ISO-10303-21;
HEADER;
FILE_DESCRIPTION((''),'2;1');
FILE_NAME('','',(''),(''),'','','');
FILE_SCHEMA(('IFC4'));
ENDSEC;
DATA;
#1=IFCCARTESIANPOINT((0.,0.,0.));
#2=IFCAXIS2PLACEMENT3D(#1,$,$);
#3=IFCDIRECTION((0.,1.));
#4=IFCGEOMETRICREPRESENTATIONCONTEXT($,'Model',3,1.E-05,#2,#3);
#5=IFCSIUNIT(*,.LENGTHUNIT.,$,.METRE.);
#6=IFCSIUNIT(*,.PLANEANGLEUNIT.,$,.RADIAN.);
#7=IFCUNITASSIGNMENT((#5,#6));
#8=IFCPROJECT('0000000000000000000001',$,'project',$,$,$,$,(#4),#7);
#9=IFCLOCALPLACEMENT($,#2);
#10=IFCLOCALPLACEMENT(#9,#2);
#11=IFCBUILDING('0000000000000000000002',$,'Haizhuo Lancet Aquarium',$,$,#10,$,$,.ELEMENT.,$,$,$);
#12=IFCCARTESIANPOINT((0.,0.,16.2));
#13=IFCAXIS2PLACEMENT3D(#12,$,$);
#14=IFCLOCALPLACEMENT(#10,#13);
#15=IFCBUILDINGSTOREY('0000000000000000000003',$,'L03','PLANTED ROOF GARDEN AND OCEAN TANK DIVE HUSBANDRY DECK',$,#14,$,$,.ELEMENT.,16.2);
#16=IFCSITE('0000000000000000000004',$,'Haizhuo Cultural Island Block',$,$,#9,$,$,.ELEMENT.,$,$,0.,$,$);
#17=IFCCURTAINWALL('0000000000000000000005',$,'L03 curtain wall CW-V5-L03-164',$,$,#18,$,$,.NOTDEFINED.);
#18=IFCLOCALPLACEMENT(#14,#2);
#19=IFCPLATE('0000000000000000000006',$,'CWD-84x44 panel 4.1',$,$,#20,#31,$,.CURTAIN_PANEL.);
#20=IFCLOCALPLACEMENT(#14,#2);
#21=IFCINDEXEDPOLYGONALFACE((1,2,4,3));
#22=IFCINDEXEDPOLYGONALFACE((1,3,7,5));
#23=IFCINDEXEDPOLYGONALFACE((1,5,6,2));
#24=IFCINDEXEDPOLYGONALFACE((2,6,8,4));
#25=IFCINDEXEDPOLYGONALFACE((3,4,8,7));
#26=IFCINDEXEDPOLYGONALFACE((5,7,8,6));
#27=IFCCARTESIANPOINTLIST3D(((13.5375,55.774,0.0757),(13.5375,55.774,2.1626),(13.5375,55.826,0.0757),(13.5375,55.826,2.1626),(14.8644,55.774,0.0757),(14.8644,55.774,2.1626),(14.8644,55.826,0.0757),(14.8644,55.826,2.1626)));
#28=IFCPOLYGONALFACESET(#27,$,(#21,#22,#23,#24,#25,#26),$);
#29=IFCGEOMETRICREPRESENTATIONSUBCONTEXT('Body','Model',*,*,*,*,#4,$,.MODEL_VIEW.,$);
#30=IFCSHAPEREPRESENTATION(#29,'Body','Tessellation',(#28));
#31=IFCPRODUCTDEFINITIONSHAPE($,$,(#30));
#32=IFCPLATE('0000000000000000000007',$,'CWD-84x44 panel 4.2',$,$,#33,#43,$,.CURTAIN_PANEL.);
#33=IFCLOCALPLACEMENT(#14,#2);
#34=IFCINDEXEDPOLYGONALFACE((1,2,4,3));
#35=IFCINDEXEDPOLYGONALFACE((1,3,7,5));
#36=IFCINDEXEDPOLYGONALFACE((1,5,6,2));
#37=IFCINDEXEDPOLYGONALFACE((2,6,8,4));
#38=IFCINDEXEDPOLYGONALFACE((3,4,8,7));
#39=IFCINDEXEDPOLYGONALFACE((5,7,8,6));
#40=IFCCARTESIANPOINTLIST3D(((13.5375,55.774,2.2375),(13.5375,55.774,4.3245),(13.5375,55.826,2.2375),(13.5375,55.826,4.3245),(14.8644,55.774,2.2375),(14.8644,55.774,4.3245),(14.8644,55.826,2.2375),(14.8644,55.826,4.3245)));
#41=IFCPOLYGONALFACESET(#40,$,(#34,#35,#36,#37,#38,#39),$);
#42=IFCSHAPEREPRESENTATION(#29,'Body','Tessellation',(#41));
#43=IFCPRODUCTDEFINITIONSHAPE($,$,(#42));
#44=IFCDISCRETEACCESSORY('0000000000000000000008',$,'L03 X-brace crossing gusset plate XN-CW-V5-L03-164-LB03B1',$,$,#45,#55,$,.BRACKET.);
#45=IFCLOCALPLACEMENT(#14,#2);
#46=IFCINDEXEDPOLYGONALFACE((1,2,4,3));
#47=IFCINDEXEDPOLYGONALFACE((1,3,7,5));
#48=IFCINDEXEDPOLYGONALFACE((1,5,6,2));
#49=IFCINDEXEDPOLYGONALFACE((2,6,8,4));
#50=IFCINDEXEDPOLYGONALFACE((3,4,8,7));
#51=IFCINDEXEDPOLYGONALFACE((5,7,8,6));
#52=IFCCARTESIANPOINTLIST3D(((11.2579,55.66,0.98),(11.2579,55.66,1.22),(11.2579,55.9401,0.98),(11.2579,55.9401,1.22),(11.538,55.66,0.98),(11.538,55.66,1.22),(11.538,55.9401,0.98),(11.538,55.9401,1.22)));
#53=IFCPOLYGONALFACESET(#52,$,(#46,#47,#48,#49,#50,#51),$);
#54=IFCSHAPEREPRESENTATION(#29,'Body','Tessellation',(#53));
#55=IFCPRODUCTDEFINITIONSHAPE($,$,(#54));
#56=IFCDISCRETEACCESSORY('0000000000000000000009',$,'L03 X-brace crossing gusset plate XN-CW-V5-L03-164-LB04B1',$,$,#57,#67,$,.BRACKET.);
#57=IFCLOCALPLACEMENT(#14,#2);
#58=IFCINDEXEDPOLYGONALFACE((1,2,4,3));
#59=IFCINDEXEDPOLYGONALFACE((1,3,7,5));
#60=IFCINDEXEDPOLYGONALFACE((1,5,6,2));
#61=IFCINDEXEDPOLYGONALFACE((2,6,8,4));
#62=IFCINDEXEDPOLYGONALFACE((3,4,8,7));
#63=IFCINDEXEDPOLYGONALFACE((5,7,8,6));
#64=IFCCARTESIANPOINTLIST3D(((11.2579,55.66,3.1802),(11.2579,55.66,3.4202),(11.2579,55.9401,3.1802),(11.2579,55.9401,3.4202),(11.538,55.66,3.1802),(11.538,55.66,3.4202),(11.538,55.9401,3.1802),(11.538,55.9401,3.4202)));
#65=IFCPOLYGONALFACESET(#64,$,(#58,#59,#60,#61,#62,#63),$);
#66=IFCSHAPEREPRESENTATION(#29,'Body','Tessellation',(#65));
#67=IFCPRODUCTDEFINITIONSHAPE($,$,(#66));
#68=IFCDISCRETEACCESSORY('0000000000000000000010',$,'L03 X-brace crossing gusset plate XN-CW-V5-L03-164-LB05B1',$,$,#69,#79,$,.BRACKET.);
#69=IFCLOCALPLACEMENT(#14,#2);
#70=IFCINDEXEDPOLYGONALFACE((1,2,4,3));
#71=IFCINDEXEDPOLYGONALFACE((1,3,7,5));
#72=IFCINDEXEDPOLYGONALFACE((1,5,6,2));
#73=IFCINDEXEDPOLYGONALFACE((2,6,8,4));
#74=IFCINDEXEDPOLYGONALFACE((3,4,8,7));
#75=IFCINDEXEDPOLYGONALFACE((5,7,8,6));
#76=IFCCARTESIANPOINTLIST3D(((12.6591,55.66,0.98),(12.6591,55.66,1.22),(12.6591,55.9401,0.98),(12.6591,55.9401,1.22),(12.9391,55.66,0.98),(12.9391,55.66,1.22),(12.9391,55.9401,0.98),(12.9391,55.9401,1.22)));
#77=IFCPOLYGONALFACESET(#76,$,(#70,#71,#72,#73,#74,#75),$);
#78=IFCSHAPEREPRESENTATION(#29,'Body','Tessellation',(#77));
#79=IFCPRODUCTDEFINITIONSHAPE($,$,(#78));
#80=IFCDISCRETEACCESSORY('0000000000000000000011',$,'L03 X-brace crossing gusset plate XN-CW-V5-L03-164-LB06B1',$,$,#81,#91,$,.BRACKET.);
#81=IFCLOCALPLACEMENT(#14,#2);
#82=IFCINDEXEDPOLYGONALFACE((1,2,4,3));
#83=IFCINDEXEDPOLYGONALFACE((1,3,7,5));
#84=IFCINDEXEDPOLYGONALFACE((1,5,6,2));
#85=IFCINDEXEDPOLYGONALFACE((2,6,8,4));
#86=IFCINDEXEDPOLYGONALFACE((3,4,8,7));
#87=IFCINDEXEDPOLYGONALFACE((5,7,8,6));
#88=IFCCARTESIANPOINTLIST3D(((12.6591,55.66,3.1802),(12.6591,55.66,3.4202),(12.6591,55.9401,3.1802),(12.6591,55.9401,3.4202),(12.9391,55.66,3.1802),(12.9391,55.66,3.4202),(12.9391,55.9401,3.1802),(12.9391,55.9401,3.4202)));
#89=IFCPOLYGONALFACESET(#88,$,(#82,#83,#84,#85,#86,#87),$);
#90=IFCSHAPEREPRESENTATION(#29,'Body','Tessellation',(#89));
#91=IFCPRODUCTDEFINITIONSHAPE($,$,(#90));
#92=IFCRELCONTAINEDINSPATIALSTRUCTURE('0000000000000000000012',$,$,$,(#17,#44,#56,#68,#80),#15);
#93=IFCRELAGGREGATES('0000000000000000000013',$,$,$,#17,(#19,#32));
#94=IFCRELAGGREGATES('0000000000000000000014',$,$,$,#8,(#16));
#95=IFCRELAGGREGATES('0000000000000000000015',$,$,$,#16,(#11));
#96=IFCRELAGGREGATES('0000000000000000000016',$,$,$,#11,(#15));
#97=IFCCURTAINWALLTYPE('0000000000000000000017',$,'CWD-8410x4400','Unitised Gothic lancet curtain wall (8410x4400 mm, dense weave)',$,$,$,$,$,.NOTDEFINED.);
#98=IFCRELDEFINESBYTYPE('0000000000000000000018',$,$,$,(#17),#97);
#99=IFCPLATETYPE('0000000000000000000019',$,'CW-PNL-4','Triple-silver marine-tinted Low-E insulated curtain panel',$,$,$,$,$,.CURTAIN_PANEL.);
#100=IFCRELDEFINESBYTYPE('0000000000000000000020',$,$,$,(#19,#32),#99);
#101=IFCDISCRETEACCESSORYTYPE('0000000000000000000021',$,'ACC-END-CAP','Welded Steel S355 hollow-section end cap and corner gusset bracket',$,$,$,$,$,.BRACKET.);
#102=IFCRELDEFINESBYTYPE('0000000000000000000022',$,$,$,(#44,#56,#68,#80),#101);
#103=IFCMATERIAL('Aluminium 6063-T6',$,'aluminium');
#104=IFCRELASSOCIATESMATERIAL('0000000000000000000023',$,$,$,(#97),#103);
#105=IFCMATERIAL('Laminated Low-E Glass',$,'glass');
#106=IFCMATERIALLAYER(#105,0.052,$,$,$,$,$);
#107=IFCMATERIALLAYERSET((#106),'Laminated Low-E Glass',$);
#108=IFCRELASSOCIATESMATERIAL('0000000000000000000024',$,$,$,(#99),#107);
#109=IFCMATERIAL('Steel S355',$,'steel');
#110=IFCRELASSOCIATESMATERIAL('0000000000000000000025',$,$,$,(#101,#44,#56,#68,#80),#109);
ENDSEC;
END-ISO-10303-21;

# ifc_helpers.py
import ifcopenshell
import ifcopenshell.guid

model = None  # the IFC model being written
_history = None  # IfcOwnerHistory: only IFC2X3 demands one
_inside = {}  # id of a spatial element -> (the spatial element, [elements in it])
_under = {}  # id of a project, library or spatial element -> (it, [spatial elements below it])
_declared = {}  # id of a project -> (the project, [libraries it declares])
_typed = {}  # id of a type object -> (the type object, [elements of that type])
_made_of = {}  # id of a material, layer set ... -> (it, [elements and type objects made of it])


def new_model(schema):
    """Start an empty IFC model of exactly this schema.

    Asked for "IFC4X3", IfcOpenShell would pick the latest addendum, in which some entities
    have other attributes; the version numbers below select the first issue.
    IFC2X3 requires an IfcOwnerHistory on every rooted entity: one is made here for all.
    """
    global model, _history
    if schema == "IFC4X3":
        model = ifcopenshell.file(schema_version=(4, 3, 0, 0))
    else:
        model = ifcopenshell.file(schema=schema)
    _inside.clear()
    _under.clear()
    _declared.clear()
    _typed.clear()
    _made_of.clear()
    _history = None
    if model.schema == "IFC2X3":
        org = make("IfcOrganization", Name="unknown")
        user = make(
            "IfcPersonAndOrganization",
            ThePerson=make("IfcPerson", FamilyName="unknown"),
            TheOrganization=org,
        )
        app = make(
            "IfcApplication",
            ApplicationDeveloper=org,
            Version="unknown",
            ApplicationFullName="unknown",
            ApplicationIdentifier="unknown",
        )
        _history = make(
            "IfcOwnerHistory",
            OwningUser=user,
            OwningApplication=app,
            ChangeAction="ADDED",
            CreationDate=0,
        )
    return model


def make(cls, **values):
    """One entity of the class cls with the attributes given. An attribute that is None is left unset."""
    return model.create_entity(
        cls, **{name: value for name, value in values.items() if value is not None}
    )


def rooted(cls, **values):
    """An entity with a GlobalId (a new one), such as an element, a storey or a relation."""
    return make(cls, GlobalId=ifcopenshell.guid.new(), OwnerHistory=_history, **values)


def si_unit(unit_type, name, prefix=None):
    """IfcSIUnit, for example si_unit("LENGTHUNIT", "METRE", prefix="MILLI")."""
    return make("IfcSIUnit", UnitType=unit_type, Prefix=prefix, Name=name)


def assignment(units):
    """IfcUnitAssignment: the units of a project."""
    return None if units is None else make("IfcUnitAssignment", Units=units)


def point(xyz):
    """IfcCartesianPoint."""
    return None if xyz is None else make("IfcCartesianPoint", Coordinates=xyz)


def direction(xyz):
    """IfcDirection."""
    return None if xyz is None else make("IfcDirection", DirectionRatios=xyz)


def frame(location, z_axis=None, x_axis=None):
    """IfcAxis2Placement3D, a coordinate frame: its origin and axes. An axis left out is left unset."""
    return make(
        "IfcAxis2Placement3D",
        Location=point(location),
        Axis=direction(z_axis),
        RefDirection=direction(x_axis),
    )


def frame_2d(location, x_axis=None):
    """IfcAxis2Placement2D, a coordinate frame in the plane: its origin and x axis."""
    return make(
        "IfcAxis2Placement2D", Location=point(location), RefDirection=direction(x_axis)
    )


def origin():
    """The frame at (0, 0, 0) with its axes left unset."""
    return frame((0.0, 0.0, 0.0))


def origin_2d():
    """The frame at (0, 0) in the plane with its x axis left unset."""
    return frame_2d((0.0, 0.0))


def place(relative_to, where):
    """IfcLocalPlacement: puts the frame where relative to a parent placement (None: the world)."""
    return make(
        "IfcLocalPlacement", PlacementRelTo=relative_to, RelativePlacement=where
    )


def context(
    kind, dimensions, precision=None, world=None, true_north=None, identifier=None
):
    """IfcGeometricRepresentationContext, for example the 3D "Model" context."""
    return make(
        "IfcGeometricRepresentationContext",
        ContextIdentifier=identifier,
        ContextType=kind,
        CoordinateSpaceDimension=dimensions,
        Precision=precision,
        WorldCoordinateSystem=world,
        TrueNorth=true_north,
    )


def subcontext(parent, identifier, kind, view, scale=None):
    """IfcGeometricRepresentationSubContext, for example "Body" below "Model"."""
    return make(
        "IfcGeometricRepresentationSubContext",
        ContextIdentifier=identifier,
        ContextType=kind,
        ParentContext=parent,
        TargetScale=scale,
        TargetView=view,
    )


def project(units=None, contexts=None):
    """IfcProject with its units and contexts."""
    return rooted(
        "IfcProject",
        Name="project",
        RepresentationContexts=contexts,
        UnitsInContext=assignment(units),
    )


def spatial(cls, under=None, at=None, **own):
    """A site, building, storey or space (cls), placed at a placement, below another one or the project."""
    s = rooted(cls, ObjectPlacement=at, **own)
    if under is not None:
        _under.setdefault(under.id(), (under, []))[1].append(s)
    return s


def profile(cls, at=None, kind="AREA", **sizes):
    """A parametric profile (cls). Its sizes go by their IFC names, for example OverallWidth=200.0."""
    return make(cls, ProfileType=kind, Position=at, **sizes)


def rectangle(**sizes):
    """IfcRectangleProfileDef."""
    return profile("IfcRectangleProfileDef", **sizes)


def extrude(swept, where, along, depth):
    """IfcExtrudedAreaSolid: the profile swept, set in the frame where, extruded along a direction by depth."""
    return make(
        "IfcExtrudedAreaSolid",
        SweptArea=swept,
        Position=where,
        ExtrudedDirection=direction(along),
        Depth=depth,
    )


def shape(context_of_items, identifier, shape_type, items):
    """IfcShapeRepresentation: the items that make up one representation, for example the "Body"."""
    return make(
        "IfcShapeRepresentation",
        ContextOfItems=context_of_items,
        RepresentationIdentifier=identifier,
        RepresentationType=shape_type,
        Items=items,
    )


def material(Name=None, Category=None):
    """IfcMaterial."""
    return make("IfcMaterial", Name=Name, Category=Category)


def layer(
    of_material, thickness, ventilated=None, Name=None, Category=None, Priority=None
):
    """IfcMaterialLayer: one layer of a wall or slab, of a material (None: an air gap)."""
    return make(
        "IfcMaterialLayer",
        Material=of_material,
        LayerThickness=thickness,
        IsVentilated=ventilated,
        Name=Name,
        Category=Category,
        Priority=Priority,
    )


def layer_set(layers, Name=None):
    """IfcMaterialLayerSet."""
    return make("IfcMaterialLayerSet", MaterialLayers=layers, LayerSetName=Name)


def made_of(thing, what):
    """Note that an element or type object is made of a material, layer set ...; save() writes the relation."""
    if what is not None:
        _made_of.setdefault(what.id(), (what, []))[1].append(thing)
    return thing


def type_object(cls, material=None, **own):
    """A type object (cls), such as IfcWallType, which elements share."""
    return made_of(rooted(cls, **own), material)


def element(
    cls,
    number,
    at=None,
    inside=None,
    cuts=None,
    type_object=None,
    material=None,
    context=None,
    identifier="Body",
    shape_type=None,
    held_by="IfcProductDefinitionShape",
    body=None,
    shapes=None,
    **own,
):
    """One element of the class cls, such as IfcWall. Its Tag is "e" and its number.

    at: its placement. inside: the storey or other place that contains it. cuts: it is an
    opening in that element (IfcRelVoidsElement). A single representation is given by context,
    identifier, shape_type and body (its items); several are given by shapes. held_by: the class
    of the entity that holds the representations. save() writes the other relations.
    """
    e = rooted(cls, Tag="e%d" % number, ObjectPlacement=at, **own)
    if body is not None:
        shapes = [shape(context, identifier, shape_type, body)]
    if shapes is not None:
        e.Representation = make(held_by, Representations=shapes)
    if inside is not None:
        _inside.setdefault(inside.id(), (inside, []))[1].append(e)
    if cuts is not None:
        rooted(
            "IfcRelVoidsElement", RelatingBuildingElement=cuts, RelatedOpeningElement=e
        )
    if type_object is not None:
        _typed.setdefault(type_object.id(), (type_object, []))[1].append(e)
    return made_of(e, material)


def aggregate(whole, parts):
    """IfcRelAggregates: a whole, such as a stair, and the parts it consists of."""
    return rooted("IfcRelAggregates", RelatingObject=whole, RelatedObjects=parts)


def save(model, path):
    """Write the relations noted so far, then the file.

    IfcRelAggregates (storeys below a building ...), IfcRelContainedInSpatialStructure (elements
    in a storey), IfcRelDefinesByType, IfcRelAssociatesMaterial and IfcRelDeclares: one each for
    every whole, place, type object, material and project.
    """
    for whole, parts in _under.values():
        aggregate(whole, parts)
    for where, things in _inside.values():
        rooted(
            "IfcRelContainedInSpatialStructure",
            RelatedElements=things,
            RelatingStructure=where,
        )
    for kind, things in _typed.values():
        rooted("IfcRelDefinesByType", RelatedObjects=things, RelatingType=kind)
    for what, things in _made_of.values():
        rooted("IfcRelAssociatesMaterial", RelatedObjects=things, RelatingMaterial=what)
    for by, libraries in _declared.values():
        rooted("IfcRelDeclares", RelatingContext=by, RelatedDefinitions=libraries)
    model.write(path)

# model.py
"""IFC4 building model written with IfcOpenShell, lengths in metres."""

from ifc_helpers import new_model, si_unit, direction, frame, origin, origin_2d, place, context, subcontext, project, spatial, rectangle, extrude, material, layer, layer_set, type_object, element, aggregate, save


model = new_model("IFC4")

# Units and contexts
model_context = context("Model", 3, precision=1e-05, world=origin(), true_north=direction((0.0, 1.0)))
body_context = subcontext(model_context, "Body", "Model", "MODEL_VIEW")
ifc_project = project(units=[si_unit("LENGTHUNIT", "METRE"), si_unit("PLANEANGLEUNIT", "RADIAN")], contexts=[model_context])

# Site, building, storey
site_placement = place(None, origin())
site = spatial("IfcSite", under=ifc_project, at=site_placement, Name="Haizhuo Cultural Island Block", CompositionType="ELEMENT", RefElevation=0.0)
building_placement = place(site_placement, origin())
building = spatial("IfcBuilding", under=site, at=building_placement, Name="Haizhuo Lancet Aquarium", CompositionType="ELEMENT")
storey_placement = place(building_placement, frame((0.0, 0.0, 16.2)))
storey = spatial("IfcBuildingStorey", under=building, at=storey_placement, Name="L03", Description="PLANTED ROOF GARDEN AND OCEAN TANK DIVE HUSBANDRY DECK", CompositionType="ELEMENT", Elevation=16.2)

# Curtain wall
ifc_material_1 = material(Name="Aluminium 6063-T6", Category="aluminium")
curtain_wall_type = type_object("IfcCurtainWallType", Name="CWD-8410x4400", Description="Unitised Gothic lancet curtain wall (8410x4400 mm, dense weave)", PredefinedType="NOTDEFINED", material=ifc_material_1)
curtain_wall_placement = place(storey_placement, origin())
curtain_wall = element("IfcCurtainWall", 1, at=curtain_wall_placement, inside=storey, type_object=curtain_wall_type, Name="L03 curtain wall CW-V5-L03-164", PredefinedType="NOTDEFINED")

# Shared definitions
ifc_material_2 = material(Name="Steel S355", Category="steel")

# Plates
ifc_material_3 = material(Name="Laminated Low-E Glass", Category="glass")
ifc_layer = layer(ifc_material_3, 0.052)
ifc_layer_set = layer_set([ifc_layer], Name="Laminated Low-E Glass")
plate_type = type_object("IfcPlateType", Name="CW-PNL-4", Description="Triple-silver marine-tinted Low-E insulated curtain panel", PredefinedType="CURTAIN_PANEL", material=ifc_layer_set)
plate_1_placement = place(storey_placement, frame((14.2009, 55.8, 0.0757), z_axis=(0.0, 0.0, 1.0), x_axis=(1.0, 0.0, 0.0)))
plate_1 = element("IfcPlate", 2, at=plate_1_placement, type_object=plate_type, Name="CWD-84x44 panel 4.1", PredefinedType="CURTAIN_PANEL", context=body_context, shape_type="SweptSolid", body=[
    extrude(rectangle(XDim=1.3269, YDim=0.052, at=origin_2d()), origin(), (0.0, 0.0, 1.0), 2.0869),
])
plate_2_placement = place(storey_placement, frame((14.2009, 55.8, 2.2375), z_axis=(0.0, 0.0, 1.0), x_axis=(1.0, 0.0, 0.0)))
plate_2 = element("IfcPlate", 3, at=plate_2_placement, type_object=plate_type, Name="CWD-84x44 panel 4.2", PredefinedType="CURTAIN_PANEL", context=body_context, shape_type="SweptSolid", body=[
    extrude(rectangle(XDim=1.3269, YDim=0.052, at=origin_2d()), origin(), (0.0, 0.0, 1.0), 2.0869),
])
aggregate(curtain_wall, [plate_1, plate_2])

# Discrete accessories
discrete_accessory_type = type_object("IfcDiscreteAccessoryType", Name="ACC-END-CAP", Description="Welded Steel S355 hollow-section end cap and corner gusset bracket", PredefinedType="BRACKET", material=ifc_material_2)
for number, where, z_axis, x_axis, name in (
    (4, (11.3979, 55.8, 0.98), (0.0, 0.0, 1.0), (1.0, 0.0, 0.0), "L03 X-brace crossing gusset plate XN-CW-V5-L03-164-LB03B1"),
    (5, (11.3979, 55.8, 3.1802), (0.0, 0.0, 1.0), (1.0, 0.0, 0.0), "L03 X-brace crossing gusset plate XN-CW-V5-L03-164-LB04B1"),
    (6, (12.7991, 55.8, 0.98), (0.0, 0.0, 1.0), (1.0, 0.0, 0.0), "L03 X-brace crossing gusset plate XN-CW-V5-L03-164-LB05B1"),
    (7, (12.7991, 55.8, 3.1802), (0.0, 0.0, 1.0), (1.0, 0.0, 0.0), "L03 X-brace crossing gusset plate XN-CW-V5-L03-164-LB06B1"),
):
    element("IfcDiscreteAccessory", number, at=place(storey_placement, frame(where, z_axis=z_axis, x_axis=x_axis)), inside=storey, type_object=discrete_accessory_type, material=ifc_material_2, Name=name, PredefinedType="BRACKET", context=body_context, shape_type="SweptSolid", body=[
        extrude(rectangle(XDim=0.28, YDim=0.28, at=origin_2d()), origin(), (0.0, 0.0, 1.0), 0.24),
    ])

save(model, "model.ifc")
